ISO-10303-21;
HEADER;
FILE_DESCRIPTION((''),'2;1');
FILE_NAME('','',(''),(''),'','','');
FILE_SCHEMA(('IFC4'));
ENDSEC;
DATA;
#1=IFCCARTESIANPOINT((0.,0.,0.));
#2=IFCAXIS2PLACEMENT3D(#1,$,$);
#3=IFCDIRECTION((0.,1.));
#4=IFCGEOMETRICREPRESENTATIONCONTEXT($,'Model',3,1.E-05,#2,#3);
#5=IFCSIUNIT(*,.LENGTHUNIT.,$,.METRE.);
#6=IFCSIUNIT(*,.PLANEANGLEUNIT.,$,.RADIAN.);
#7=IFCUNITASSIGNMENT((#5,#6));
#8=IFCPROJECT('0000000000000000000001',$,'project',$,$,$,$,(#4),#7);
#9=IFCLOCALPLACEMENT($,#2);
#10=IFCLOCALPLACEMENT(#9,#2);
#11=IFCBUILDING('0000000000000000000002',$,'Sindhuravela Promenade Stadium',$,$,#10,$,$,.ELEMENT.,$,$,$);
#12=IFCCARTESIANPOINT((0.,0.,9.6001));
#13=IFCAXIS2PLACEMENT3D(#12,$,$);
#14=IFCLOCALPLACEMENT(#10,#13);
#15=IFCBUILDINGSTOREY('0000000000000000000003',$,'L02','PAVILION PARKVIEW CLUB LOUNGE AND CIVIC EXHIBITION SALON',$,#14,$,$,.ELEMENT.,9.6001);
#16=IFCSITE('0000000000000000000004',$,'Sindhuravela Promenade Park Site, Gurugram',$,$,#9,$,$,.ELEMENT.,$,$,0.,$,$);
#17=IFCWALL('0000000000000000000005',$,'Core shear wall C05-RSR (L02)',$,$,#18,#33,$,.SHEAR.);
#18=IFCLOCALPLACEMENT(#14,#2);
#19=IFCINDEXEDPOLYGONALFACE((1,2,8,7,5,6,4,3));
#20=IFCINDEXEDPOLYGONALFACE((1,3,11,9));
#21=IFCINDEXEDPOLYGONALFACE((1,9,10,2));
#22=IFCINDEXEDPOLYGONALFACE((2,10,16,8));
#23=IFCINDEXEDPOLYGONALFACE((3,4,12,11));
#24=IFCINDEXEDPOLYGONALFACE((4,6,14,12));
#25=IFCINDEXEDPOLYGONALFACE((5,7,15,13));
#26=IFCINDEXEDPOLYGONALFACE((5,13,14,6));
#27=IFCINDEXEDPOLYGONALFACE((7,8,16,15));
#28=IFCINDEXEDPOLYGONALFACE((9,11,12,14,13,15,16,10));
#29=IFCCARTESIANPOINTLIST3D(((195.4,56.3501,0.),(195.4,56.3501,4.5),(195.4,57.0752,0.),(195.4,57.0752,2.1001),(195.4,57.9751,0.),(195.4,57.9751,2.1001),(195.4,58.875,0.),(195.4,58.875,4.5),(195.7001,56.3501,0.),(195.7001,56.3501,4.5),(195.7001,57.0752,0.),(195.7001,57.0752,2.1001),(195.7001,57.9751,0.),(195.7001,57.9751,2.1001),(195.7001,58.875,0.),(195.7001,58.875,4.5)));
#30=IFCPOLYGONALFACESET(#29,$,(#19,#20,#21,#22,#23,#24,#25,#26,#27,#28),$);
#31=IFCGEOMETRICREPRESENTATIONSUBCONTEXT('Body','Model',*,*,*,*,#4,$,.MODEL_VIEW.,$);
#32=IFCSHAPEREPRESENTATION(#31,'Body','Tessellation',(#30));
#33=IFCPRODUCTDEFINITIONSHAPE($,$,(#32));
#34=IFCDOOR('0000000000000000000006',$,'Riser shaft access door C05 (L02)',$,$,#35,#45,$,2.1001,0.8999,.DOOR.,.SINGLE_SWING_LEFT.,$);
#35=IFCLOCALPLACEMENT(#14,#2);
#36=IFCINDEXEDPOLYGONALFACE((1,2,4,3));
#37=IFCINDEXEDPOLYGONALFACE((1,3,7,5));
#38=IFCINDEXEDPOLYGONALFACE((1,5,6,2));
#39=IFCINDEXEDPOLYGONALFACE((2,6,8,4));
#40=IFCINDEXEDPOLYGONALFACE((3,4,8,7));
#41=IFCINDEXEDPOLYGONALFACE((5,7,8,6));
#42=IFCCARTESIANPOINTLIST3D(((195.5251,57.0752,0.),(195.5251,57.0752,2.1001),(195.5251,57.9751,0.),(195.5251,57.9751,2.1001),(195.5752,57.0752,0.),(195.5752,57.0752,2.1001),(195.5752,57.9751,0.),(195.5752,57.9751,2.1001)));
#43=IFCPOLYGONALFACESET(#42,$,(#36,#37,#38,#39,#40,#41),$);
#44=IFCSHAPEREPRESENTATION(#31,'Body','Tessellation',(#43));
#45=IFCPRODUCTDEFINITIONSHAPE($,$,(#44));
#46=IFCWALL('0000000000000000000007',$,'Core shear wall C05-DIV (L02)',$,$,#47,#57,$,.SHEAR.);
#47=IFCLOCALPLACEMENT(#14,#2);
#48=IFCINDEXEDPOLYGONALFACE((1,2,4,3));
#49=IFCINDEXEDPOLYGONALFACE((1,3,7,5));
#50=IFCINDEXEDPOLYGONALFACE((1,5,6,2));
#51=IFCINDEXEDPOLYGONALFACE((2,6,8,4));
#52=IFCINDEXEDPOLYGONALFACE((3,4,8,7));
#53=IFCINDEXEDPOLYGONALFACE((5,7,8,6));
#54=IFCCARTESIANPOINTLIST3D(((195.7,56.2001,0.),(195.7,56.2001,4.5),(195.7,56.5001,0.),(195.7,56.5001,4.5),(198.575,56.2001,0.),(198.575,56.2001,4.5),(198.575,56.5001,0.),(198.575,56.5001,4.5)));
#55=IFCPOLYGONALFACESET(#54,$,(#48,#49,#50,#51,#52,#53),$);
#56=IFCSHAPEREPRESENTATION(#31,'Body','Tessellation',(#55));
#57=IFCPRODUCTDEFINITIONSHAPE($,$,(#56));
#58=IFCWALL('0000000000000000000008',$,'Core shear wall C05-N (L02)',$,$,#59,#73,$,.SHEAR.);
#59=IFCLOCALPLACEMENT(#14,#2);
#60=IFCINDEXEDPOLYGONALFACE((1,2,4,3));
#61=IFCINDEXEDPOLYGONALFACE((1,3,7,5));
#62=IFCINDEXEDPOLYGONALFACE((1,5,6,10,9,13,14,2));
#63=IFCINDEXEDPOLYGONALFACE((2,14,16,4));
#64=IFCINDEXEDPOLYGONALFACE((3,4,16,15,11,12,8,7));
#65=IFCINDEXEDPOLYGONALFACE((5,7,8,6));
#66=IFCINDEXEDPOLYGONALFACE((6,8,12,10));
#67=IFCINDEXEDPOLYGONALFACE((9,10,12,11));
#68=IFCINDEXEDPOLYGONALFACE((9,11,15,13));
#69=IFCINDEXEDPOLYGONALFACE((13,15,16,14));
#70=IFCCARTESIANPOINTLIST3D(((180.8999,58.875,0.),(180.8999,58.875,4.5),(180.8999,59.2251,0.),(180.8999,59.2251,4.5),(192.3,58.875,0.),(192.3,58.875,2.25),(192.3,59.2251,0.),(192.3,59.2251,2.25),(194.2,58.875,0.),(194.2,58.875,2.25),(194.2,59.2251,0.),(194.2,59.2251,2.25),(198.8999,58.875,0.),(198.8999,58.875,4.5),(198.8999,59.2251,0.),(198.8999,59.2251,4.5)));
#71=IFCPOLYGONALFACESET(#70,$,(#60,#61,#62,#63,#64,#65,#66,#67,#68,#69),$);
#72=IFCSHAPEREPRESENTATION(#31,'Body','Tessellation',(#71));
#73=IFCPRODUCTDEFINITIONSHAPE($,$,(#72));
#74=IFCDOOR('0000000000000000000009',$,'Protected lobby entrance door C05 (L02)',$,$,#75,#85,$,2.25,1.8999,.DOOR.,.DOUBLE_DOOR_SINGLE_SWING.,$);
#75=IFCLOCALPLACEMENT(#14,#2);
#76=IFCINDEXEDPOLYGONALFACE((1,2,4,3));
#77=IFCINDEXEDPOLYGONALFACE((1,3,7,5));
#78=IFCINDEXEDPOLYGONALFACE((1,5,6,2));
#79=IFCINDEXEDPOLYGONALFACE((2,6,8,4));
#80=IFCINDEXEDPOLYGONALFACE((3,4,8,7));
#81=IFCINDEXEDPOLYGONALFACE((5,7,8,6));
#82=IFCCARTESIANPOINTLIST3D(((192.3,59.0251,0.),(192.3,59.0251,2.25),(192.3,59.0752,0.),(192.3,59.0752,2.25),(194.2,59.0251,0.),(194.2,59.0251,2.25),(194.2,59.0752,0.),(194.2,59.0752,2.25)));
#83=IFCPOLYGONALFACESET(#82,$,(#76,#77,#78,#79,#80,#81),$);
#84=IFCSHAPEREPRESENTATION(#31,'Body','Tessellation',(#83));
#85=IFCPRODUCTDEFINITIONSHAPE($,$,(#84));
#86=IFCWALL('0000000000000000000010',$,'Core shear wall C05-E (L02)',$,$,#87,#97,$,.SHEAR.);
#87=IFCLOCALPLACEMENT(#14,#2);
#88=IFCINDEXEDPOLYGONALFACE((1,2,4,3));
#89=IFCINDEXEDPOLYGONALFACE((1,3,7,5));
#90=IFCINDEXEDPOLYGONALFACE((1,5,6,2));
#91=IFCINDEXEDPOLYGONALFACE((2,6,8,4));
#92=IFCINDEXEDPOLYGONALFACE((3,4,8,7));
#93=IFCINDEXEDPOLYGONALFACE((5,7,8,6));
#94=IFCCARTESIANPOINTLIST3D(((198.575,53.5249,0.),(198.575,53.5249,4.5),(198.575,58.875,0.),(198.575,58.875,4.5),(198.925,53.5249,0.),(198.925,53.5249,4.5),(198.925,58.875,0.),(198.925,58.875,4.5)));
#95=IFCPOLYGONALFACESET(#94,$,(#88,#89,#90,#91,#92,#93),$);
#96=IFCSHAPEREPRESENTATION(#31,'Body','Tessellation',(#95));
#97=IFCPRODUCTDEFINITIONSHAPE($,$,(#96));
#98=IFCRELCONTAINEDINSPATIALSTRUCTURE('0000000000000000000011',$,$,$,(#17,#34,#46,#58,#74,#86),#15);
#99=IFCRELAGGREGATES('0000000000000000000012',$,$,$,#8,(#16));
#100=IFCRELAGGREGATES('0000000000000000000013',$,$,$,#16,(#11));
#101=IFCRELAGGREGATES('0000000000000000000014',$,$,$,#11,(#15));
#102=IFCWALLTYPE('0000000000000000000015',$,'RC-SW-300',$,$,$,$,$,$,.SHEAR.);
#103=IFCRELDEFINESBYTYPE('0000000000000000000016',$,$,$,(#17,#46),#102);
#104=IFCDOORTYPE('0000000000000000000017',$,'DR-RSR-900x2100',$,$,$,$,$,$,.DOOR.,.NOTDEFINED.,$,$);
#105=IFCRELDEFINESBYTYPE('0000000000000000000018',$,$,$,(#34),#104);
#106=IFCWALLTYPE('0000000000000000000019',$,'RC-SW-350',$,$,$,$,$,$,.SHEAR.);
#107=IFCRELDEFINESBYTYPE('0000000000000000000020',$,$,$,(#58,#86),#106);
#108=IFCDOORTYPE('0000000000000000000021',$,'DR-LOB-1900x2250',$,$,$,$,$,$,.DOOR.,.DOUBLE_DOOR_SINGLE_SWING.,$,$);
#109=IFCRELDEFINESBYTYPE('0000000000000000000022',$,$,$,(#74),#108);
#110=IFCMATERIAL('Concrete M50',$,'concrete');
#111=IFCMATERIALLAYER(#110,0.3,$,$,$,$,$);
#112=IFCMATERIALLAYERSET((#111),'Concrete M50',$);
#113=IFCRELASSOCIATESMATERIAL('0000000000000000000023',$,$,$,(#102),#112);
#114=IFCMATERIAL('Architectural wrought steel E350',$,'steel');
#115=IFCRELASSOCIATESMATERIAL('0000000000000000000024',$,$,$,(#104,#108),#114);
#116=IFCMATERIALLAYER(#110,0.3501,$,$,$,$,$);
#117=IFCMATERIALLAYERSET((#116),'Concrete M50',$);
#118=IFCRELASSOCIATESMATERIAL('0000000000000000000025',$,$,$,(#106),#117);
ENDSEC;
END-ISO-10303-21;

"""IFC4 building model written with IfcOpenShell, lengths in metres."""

from ifc_helpers import new_model, si_unit, direction, frame, frame_2d, origin, place, context, subcontext, project, spatial, rectangle, extrude, material, layer, layer_set, type_object, element, fill, save


model = new_model("IFC4")

# Units and contexts
model_context = context("Model", 3, precision=1e-05, world=origin(), true_north=direction((0.0, 1.0)))
body_context = subcontext(model_context, "Body", "Model", "MODEL_VIEW")
ifc_project = project(units=[si_unit("LENGTHUNIT", "METRE"), si_unit("PLANEANGLEUNIT", "RADIAN")], contexts=[model_context])

# Site, building, storey
site_placement = place(None, origin())
site = spatial("IfcSite", under=ifc_project, at=site_placement, Name="Sindhuravela Promenade Park Site, Gurugram", CompositionType="ELEMENT", RefElevation=0.0)
building_placement = place(site_placement, origin())
building = spatial("IfcBuilding", under=site, at=building_placement, Name="Sindhuravela Promenade Stadium", CompositionType="ELEMENT")
storey_placement = place(building_placement, frame((0.0, 0.0, 9.6001)))
storey = spatial("IfcBuildingStorey", under=building, at=storey_placement, Name="L02", Description="PAVILION PARKVIEW CLUB LOUNGE AND CIVIC EXHIBITION SALON", CompositionType="ELEMENT", Elevation=9.6001)

# Wall, opening, door
ifc_material_1 = material(Name="Concrete M50", Category="concrete")
ifc_layer_1 = layer(ifc_material_1, 0.3)
ifc_layer_set_1 = layer_set([ifc_layer_1], Name="Concrete M50")
wall_type_1 = type_object("IfcWallType", Name="RC-SW-300", PredefinedType="SHEAR", material=ifc_layer_set_1)
wall_1_placement = place(storey_placement, frame((195.55, 56.3501, 0.0), z_axis=(0.0, 0.0, 1.0), x_axis=(0.0, 1.0, 0.0)))
wall_1 = element("IfcWall", 1, at=wall_1_placement, inside=storey, type_object=wall_type_1, Name="Core shear wall C05-RSR (L02)", PredefinedType="SHEAR", context=body_context, shape_type="SweptSolid", body=[
    extrude(rectangle(XDim=2.5249, YDim=0.3, at=frame_2d((1.2625, 0.0))), origin(), (0.0, 0.0, 1.0), 4.5),
])
opening_1_placement = place(wall_1_placement, frame((0.7251, 0.0, 0.0)))
opening_1 = element("IfcOpeningElement", 2, at=opening_1_placement, cuts=wall_1, PredefinedType="OPENING", context=body_context, shape_type="SweptSolid", body=[
    extrude(rectangle(XDim=0.8999, YDim=2.1001, at=frame_2d((0.45, 1.05))), frame((0.0, 0.1599, 0.0), z_axis=(0.0, -1.0, 0.0), x_axis=(1.0, 0.0, 0.0)), (0.0, 0.0, 1.0), 0.3201),
])
ifc_material_2 = material(Name="Architectural wrought steel E350", Category="steel")
door_type_1 = type_object("IfcDoorType", Name="DR-RSR-900x2100", OperationType="NOTDEFINED", PredefinedType="DOOR", material=ifc_material_2)
door_1_placement = place(opening_1_placement, origin())
door_1 = element("IfcDoor", 3, at=door_1_placement, inside=storey, type_object=door_type_1, Name="Riser shaft access door C05 (L02)", OperationType="SINGLE_SWING_LEFT", OverallHeight=2.1001, OverallWidth=0.8999, PredefinedType="DOOR", context=body_context, shape_type="SweptSolid", body=[
    extrude(rectangle(XDim=0.8999, YDim=2.1001, at=frame_2d((0.45, 1.05))), frame((0.0, 0.0249, 0.0), z_axis=(0.0, -1.0, 0.0), x_axis=(1.0, 0.0, 0.0)), (0.0, 0.0, 1.0), 0.05),
])
fill(opening_1, door_1)

# Wall
wall_2_placement = place(storey_placement, frame((195.7, 56.3501, 0.0), z_axis=(0.0, 0.0, 1.0), x_axis=(1.0, 0.0, 0.0)))
element("IfcWall", 4, at=wall_2_placement, inside=storey, type_object=wall_type_1, Name="Core shear wall C05-DIV (L02)", PredefinedType="SHEAR", context=body_context, shape_type="SweptSolid", body=[
    extrude(rectangle(XDim=2.875, YDim=0.3, at=frame_2d((1.4375, 0.0))), origin(), (0.0, 0.0, 1.0), 4.5),
])

# Wall, opening, door
ifc_layer_2 = layer(ifc_material_1, 0.3501)
ifc_layer_set_2 = layer_set([ifc_layer_2], Name="Concrete M50")
wall_type_2 = type_object("IfcWallType", Name="RC-SW-350", PredefinedType="SHEAR", material=ifc_layer_set_2)
wall_3_placement = place(storey_placement, frame((198.8999, 59.05, 0.0), z_axis=(0.0, 0.0, 1.0), x_axis=(-1.0, 0.0, 0.0)))
wall_3 = element("IfcWall", 5, at=wall_3_placement, inside=storey, type_object=wall_type_2, Name="Core shear wall C05-N (L02)", PredefinedType="SHEAR", context=body_context, shape_type="SweptSolid", body=[
    extrude(rectangle(XDim=18.0, YDim=0.3501, at=frame_2d((9.0, 0.0))), origin(), (0.0, 0.0, 1.0), 4.5),
])
opening_2_placement = place(wall_3_placement, frame((4.7, 0.0, 0.0)))
opening_2 = element("IfcOpeningElement", 6, at=opening_2_placement, cuts=wall_3, PredefinedType="OPENING", context=body_context, shape_type="SweptSolid", body=[
    extrude(rectangle(XDim=1.8999, YDim=2.25, at=frame_2d((0.95, 1.125))), frame((0.0, 0.1851, 0.0), z_axis=(0.0, -1.0, 0.0), x_axis=(1.0, 0.0, 0.0)), (0.0, 0.0, 1.0), 0.3701),
])
door_type_2 = type_object("IfcDoorType", Name="DR-LOB-1900x2250", OperationType="DOUBLE_DOOR_SINGLE_SWING", PredefinedType="DOOR", material=ifc_material_2)
door_2_placement = place(opening_2_placement, origin())
door_2 = element("IfcDoor", 7, at=door_2_placement, inside=storey, type_object=door_type_2, Name="Protected lobby entrance door C05 (L02)", OperationType="DOUBLE_DOOR_SINGLE_SWING", OverallHeight=2.25, OverallWidth=1.8999, PredefinedType="DOOR", context=body_context, shape_type="SweptSolid", body=[
    extrude(rectangle(XDim=1.8999, YDim=2.25, at=frame_2d((0.95, 1.125))), frame((0.0, 0.0249, 0.0), z_axis=(0.0, -1.0, 0.0), x_axis=(1.0, 0.0, 0.0)), (0.0, 0.0, 1.0), 0.05),
])
fill(opening_2, door_2)

# Wall
wall_4_placement = place(storey_placement, frame((198.75, 53.5249, 0.0), z_axis=(0.0, 0.0, 1.0), x_axis=(0.0, 1.0, 0.0)))
element("IfcWall", 8, at=wall_4_placement, inside=storey, type_object=wall_type_2, Name="Core shear wall C05-E (L02)", PredefinedType="SHEAR", context=body_context, shape_type="SweptSolid", body=[
    extrude(rectangle(XDim=5.3501, YDim=0.3501, at=frame_2d((2.675, 0.0))), origin(), (0.0, 0.0, 1.0), 4.5),
])

save(model, "model.ifc")
